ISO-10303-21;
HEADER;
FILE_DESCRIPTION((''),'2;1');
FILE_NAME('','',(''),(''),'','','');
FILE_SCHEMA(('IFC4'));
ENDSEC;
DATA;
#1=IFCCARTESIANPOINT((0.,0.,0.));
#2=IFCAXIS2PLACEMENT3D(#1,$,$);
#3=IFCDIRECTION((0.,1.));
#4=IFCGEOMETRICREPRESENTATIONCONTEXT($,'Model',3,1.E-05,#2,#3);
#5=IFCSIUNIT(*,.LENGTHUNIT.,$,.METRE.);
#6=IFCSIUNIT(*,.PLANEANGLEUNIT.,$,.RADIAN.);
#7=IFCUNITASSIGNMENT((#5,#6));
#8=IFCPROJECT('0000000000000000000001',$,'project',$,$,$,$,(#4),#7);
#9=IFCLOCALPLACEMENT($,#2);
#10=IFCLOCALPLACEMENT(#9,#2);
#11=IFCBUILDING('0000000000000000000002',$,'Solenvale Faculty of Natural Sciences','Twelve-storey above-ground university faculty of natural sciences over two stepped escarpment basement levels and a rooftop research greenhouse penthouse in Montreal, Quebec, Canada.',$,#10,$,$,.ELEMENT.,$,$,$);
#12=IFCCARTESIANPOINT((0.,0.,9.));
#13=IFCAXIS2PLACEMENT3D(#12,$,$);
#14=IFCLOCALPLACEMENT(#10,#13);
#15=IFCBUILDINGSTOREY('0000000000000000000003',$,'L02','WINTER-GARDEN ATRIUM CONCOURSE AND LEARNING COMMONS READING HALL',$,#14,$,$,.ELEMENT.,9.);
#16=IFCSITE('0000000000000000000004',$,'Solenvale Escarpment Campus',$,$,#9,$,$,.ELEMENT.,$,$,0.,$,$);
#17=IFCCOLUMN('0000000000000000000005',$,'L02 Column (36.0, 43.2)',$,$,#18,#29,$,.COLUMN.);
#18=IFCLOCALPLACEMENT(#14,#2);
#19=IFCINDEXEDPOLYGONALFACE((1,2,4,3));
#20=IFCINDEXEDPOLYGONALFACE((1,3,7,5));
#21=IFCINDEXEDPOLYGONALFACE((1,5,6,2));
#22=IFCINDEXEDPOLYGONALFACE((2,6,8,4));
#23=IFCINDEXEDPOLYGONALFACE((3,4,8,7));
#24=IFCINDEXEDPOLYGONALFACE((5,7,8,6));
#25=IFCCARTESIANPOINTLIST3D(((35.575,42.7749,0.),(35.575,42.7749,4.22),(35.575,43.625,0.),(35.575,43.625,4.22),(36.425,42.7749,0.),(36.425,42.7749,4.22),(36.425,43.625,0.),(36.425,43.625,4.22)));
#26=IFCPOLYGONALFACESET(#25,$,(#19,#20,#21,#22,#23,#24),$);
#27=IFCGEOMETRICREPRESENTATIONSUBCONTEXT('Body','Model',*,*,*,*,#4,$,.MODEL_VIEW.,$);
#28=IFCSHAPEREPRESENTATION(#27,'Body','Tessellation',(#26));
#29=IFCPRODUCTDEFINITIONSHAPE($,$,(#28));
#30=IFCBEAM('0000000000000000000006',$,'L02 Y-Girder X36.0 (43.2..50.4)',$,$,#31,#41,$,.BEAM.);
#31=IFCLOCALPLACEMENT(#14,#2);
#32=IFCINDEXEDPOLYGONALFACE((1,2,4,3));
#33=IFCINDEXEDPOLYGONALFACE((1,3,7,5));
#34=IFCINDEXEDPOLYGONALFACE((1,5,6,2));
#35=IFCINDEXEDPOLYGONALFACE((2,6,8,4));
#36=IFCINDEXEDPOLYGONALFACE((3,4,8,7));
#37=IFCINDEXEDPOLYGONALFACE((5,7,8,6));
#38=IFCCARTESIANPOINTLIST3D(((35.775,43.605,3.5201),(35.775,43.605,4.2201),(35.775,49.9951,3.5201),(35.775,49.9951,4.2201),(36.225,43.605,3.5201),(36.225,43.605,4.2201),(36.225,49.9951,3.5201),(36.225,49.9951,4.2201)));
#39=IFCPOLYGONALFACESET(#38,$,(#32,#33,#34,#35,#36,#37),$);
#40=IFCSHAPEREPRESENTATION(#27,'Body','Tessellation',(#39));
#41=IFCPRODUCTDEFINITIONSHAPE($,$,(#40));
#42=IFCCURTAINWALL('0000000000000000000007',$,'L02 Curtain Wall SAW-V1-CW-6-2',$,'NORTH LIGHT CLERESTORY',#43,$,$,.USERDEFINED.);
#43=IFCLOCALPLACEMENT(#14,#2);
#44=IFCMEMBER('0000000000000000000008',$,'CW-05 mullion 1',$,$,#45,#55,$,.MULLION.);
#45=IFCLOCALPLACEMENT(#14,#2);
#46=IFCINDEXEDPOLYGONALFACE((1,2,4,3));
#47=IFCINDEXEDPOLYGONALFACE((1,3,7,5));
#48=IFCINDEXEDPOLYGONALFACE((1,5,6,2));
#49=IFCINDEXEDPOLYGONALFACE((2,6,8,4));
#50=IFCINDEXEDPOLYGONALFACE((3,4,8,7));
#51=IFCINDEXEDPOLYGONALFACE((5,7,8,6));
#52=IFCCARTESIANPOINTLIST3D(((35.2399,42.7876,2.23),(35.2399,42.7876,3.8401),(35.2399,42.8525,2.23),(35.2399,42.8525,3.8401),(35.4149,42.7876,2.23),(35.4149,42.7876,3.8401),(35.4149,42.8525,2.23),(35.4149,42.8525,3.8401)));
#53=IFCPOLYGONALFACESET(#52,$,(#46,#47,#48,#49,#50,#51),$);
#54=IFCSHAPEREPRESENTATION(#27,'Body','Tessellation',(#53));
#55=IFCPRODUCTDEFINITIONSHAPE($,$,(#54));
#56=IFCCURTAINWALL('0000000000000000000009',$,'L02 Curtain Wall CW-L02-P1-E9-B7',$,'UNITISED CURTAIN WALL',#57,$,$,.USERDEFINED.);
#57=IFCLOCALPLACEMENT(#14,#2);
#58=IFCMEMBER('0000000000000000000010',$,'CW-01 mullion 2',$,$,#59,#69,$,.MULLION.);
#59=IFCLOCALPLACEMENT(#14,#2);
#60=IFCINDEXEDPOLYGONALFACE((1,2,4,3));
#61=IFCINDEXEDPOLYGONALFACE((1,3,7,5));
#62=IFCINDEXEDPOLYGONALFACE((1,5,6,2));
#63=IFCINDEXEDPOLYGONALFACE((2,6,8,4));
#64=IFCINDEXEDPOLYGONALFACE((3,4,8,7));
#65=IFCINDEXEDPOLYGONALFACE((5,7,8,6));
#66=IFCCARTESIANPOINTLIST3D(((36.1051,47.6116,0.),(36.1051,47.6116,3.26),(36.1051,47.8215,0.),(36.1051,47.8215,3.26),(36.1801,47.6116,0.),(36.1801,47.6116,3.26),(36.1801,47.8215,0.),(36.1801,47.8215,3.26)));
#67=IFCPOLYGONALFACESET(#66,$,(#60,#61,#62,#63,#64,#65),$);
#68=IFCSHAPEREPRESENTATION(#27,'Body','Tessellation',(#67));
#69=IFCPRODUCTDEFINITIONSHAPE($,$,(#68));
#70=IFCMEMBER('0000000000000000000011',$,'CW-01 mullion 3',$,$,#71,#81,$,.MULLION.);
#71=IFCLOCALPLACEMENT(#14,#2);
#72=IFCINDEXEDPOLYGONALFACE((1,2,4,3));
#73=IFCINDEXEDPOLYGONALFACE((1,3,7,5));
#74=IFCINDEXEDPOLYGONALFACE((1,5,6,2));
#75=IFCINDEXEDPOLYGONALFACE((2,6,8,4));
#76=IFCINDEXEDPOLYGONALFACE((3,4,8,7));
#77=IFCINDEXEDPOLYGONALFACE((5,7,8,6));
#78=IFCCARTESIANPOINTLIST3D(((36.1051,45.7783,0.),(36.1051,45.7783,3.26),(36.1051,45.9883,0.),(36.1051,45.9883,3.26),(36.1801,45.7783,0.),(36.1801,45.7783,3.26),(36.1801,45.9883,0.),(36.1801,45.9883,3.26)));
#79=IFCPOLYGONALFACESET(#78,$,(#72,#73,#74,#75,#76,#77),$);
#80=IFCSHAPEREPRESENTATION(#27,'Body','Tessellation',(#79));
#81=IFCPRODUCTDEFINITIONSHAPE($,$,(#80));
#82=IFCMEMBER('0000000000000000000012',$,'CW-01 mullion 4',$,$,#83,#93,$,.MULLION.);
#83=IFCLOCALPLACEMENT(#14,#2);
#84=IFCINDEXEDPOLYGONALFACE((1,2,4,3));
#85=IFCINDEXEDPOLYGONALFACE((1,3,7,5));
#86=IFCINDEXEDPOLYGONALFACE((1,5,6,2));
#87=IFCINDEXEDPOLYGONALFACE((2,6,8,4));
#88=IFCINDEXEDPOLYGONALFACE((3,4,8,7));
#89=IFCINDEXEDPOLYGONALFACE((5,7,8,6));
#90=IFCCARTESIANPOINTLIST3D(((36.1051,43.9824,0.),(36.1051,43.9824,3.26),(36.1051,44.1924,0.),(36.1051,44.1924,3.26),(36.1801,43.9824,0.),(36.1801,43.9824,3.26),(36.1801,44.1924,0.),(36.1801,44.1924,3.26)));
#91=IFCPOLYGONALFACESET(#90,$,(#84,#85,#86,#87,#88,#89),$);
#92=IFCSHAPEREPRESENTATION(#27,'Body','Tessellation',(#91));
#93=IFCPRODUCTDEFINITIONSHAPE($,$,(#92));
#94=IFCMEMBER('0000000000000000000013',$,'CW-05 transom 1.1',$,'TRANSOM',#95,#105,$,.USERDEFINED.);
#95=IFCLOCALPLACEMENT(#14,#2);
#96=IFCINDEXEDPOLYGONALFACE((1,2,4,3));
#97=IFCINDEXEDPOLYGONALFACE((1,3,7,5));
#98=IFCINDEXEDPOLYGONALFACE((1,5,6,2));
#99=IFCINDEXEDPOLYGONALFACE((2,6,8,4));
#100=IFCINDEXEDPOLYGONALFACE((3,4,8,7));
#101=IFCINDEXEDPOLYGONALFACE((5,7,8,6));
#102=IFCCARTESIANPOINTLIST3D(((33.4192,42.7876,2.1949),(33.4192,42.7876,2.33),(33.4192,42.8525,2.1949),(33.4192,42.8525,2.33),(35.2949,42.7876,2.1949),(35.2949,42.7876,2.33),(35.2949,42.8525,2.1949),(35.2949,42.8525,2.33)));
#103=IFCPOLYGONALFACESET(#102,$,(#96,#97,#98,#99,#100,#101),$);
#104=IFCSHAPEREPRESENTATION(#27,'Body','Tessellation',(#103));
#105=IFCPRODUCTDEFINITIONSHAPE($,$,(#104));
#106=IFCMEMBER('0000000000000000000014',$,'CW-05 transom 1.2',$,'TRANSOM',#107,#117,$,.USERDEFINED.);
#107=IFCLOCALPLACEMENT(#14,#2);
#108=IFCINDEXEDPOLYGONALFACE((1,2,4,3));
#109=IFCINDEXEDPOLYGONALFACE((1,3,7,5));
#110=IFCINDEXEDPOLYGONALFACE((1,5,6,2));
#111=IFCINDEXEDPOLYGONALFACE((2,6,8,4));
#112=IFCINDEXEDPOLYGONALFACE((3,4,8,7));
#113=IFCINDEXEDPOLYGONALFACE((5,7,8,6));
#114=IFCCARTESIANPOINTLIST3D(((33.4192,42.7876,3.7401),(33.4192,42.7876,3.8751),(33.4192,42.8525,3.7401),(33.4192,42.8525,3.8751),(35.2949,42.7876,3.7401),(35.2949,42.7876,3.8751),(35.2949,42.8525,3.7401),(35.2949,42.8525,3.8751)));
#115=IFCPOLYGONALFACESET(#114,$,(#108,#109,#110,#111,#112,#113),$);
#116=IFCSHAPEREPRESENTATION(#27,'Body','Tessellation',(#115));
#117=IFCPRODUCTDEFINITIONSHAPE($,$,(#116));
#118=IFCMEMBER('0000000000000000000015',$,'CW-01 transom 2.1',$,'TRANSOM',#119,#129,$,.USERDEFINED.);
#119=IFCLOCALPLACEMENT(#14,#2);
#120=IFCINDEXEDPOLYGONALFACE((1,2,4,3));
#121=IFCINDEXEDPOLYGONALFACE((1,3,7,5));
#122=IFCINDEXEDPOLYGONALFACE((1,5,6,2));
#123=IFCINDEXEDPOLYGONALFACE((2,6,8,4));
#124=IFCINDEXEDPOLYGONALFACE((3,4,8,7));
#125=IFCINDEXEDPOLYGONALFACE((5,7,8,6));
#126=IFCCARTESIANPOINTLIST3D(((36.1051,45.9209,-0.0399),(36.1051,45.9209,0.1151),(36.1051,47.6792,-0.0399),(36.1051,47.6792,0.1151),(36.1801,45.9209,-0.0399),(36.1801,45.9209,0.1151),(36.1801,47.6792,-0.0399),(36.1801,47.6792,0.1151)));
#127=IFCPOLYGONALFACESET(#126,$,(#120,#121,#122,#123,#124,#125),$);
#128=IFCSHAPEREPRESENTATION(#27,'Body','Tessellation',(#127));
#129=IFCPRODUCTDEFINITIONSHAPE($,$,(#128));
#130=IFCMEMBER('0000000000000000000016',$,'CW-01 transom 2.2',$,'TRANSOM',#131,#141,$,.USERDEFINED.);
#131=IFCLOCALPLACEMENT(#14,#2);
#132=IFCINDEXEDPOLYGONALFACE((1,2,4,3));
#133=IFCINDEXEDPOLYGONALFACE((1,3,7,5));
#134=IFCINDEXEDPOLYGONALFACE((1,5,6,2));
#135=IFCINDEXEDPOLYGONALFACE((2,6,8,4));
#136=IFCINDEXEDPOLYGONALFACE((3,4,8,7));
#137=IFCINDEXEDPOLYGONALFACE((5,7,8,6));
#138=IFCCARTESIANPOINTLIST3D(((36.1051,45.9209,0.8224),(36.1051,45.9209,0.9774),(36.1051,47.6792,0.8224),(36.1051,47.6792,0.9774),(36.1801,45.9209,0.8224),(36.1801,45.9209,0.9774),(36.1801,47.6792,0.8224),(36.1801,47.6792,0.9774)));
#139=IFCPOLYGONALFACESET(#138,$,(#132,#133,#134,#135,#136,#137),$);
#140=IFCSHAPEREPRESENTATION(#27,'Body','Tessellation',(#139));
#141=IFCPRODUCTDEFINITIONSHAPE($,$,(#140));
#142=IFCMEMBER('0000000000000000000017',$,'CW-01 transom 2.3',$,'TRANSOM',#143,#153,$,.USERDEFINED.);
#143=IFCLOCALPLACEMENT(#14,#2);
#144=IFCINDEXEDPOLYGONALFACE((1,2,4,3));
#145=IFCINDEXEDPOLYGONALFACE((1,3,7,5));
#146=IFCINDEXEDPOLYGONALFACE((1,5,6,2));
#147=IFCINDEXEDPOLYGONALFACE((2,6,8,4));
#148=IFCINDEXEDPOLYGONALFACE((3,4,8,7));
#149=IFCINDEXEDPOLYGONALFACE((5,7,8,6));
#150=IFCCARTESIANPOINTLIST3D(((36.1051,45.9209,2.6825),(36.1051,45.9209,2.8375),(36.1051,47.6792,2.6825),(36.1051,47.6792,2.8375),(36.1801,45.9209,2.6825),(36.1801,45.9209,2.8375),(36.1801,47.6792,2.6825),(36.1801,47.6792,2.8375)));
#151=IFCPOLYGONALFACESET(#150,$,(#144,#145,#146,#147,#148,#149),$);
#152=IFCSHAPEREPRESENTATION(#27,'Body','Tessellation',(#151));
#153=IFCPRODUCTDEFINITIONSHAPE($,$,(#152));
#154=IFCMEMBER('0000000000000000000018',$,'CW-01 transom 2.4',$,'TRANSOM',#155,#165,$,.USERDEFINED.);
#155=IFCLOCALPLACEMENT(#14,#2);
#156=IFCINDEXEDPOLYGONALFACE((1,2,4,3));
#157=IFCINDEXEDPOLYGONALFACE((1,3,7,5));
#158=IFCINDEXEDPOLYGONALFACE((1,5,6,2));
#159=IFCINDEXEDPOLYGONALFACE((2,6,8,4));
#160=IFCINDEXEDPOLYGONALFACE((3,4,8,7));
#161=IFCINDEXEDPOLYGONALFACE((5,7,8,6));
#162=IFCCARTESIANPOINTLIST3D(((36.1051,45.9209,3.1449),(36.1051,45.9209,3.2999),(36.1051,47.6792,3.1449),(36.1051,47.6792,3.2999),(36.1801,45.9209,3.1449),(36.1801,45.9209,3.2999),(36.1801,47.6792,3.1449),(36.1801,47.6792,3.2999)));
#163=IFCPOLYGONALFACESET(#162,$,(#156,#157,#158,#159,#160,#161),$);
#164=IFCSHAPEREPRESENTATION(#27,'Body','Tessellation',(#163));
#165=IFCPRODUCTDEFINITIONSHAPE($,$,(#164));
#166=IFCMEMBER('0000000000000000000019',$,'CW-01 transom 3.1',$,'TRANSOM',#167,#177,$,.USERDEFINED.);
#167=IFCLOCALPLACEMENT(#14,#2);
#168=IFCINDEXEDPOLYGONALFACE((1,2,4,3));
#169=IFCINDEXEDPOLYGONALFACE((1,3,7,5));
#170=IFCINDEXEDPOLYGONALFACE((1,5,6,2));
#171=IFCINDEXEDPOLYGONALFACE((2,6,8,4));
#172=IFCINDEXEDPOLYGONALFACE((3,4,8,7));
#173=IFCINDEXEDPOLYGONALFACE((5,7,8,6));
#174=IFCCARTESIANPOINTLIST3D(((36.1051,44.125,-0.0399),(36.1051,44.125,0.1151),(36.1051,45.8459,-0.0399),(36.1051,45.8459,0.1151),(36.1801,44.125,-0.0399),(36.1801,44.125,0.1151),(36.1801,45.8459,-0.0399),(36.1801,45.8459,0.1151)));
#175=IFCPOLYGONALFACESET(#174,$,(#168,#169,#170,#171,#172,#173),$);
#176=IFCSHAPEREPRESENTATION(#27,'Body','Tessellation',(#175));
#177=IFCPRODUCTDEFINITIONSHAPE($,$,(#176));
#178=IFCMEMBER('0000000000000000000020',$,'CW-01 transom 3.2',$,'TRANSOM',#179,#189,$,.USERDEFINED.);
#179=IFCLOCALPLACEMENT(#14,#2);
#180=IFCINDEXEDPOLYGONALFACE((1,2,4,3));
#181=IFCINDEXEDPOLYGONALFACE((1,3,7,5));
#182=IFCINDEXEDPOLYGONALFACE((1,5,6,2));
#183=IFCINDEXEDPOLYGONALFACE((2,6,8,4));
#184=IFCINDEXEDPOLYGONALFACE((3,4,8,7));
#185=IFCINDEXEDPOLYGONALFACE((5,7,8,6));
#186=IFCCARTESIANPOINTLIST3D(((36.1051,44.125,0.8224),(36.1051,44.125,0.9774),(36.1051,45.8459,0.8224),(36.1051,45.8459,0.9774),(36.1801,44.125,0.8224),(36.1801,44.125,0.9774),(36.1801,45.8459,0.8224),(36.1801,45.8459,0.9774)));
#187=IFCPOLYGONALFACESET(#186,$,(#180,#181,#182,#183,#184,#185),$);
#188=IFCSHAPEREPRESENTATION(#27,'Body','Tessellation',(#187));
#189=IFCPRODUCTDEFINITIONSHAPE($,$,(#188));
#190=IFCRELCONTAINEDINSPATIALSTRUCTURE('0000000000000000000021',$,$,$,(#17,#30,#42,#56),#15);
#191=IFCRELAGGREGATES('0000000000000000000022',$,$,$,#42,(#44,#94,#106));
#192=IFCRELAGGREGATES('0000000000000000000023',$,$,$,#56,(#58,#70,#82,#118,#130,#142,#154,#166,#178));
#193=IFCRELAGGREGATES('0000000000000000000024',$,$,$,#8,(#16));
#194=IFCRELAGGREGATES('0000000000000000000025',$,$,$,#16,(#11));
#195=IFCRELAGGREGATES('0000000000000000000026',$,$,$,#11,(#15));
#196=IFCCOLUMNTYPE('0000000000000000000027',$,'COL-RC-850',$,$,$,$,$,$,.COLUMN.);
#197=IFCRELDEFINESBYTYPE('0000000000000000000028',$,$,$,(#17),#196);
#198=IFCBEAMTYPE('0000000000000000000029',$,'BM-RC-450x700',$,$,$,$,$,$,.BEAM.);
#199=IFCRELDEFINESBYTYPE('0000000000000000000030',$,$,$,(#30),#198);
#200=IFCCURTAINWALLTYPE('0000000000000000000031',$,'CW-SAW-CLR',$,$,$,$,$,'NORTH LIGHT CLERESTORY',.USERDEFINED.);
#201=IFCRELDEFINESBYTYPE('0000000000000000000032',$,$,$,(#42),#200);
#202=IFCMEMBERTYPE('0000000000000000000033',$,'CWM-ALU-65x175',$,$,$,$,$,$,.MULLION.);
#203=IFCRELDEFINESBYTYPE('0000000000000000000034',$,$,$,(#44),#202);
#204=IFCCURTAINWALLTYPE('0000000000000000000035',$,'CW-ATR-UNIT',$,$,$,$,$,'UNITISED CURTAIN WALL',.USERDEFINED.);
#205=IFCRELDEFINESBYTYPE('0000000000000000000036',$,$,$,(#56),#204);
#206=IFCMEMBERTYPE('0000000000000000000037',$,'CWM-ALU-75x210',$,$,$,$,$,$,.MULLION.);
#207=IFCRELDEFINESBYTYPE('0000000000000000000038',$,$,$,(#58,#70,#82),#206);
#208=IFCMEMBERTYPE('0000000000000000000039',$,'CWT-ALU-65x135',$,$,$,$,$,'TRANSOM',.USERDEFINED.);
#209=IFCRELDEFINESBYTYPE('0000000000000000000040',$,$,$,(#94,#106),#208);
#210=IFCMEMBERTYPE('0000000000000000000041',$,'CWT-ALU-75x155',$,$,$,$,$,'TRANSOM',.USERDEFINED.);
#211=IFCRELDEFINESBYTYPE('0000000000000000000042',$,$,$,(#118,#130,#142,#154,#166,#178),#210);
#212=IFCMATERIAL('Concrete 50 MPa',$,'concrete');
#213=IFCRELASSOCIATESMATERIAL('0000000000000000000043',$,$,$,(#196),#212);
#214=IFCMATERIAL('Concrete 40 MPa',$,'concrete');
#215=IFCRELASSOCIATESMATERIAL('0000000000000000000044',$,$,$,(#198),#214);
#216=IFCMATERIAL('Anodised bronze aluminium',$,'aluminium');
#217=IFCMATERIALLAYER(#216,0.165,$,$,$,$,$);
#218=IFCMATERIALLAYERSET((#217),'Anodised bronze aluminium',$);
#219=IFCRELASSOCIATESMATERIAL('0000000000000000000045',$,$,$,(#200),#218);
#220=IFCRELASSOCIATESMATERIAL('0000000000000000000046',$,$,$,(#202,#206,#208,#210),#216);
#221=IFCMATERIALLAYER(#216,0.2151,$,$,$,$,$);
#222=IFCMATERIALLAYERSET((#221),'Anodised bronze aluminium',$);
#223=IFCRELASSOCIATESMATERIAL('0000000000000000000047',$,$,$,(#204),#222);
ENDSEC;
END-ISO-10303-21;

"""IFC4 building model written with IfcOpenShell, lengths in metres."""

from ifc_helpers import new_model, si_unit, direction, frame, origin, origin_2d, place, context, subcontext, project, spatial, rectangle, extrude, material, layer, layer_set, material_profile, profile_set, type_object, element, aggregate, save


model = new_model("IFC4")

# Units and contexts
model_context = context("Model", 3, precision=1e-05, world=origin(), true_north=direction((0.0, 1.0)))
body_context = subcontext(model_context, "Body", "Model", "MODEL_VIEW")
ifc_project = project(units=[si_unit("LENGTHUNIT", "METRE"), si_unit("PLANEANGLEUNIT", "RADIAN")], contexts=[model_context])

# Site, building, storey
site_placement = place(None, origin())
site = spatial("IfcSite", under=ifc_project, at=site_placement, Name="Solenvale Escarpment Campus", CompositionType="ELEMENT", RefElevation=0.0)
building_placement = place(site_placement, origin())
building = spatial("IfcBuilding", under=site, at=building_placement, Name="Solenvale Faculty of Natural Sciences", Description="Twelve-storey above-ground university faculty of natural sciences over two stepped escarpment basement levels and a rooftop research greenhouse penthouse in Montreal, Quebec, Canada.", CompositionType="ELEMENT")
storey_placement = place(building_placement, frame((0.0, 0.0, 9.0)))
storey = spatial("IfcBuildingStorey", under=building, at=storey_placement, Name="L02", Description="WINTER-GARDEN ATRIUM CONCOURSE AND LEARNING COMMONS READING HALL", CompositionType="ELEMENT", Elevation=9.0)

# Column
ifc_material_1 = material(Name="Concrete 50 MPa", Category="concrete")
ifc_material_profile_1 = material_profile(ifc_material_1, rectangle(XDim=0.8501, YDim=0.8501, at=origin_2d()), Name="RC-COL-850x850")
ifc_profile_set_1 = profile_set([ifc_material_profile_1], Name="Concrete 50 MPa")
column_type = type_object("IfcColumnType", Name="COL-RC-850", PredefinedType="COLUMN", material=ifc_profile_set_1)
column_placement = place(storey_placement, frame((36.0, 43.2, 0.0), z_axis=(0.0, 0.0, 1.0), x_axis=(1.0, 0.0, 0.0)))
element("IfcColumn", 1, at=column_placement, inside=storey, type_object=column_type, Name="L02 Column (36.0, 43.2)", PredefinedType="COLUMN", context=body_context, shape_type="SweptSolid", body=[
    extrude(rectangle(XDim=0.8501, YDim=0.8501, at=origin_2d()), origin(), (0.0, 0.0, 1.0), 4.22),
])

# Beam
ifc_material_2 = material(Name="Concrete 40 MPa", Category="concrete")
ifc_material_profile_2 = material_profile(ifc_material_2, rectangle(XDim=0.45, YDim=0.7, at=origin_2d()), Name="RC-BM-450x700")
ifc_profile_set_2 = profile_set([ifc_material_profile_2], Name="Concrete 40 MPa")
beam_type = type_object("IfcBeamType", Name="BM-RC-450x700", PredefinedType="BEAM", material=ifc_profile_set_2)
beam_placement = place(storey_placement, frame((36.0, 43.605, 3.8701), z_axis=(0.0, 1.0, 0.0), x_axis=(-1.0, 0.0, 0.0)))
element("IfcBeam", 2, at=beam_placement, inside=storey, type_object=beam_type, Name="L02 Y-Girder X36.0 (43.2..50.4)", PredefinedType="BEAM", context=body_context, shape_type="SweptSolid", body=[
    extrude(rectangle(XDim=0.45, YDim=0.7, at=origin_2d()), origin(), (0.0, 0.0, 1.0), 6.3901),
])

# Curtain wall, member
ifc_material_3 = material(Name="Anodised bronze aluminium", Category="aluminium")
ifc_layer_1 = layer(ifc_material_3, 0.165)
ifc_layer_set_1 = layer_set([ifc_layer_1], Name="Anodised bronze aluminium")
curtain_wall_type_1 = type_object("IfcCurtainWallType", Name="CW-SAW-CLR", ElementType="NORTH LIGHT CLERESTORY", PredefinedType="USERDEFINED", material=ifc_layer_set_1)
curtain_wall_1_placement = place(storey_placement, origin())
curtain_wall_1 = element("IfcCurtainWall", 3, at=curtain_wall_1_placement, inside=storey, type_object=curtain_wall_type_1, Name="L02 Curtain Wall SAW-V1-CW-6-2", ObjectType="NORTH LIGHT CLERESTORY", PredefinedType="USERDEFINED")
ifc_material_profile_3 = material_profile(ifc_material_3, rectangle(XDim=0.0649, YDim=0.175, at=origin_2d()), Name="ALU-MUL-65x175")
ifc_profile_set_3 = profile_set([ifc_material_profile_3], Name="Anodised bronze aluminium")
member_type_1 = type_object("IfcMemberType", Name="CWM-ALU-65x175", PredefinedType="MULLION", material=ifc_profile_set_3)
member_1_placement = place(storey_placement, frame((35.3274, 42.8201, 2.23), z_axis=(0.0, 0.0, 1.0), x_axis=(0.0, -1.0, 0.0)))
member_1 = element("IfcMember", 4, at=member_1_placement, type_object=member_type_1, Name="CW-05 mullion 1", PredefinedType="MULLION", context=body_context, shape_type="SweptSolid", body=[
    extrude(rectangle(XDim=0.0649, YDim=0.175, at=origin_2d()), origin(), (0.0, 0.0, 1.0), 1.6101),
])

# Curtain wall, members
ifc_layer_2 = layer(ifc_material_3, 0.2151)
ifc_layer_set_2 = layer_set([ifc_layer_2], Name="Anodised bronze aluminium")
curtain_wall_type_2 = type_object("IfcCurtainWallType", Name="CW-ATR-UNIT", ElementType="UNITISED CURTAIN WALL", PredefinedType="USERDEFINED", material=ifc_layer_set_2)
curtain_wall_2_placement = place(storey_placement, origin())
curtain_wall_2 = element("IfcCurtainWall", 5, at=curtain_wall_2_placement, inside=storey, type_object=curtain_wall_type_2, Name="L02 Curtain Wall CW-L02-P1-E9-B7", ObjectType="UNITISED CURTAIN WALL", PredefinedType="USERDEFINED")
ifc_material_profile_4 = material_profile(ifc_material_3, rectangle(XDim=0.075, YDim=0.21, at=origin_2d()), Name="ALU-MUL-75x210")
ifc_profile_set_4 = profile_set([ifc_material_profile_4], Name="Anodised bronze aluminium")
member_type_2 = type_object("IfcMemberType", Name="CWM-ALU-75x210", PredefinedType="MULLION", material=ifc_profile_set_4)
member_2_placement = place(storey_placement, frame((36.1426, 47.7166, 0.0), z_axis=(0.0, 0.0, 1.0), x_axis=(1.0, 0.0, 0.0)))
member_2 = element("IfcMember", 6, at=member_2_placement, type_object=member_type_2, Name="CW-01 mullion 2", PredefinedType="MULLION", context=body_context, shape_type="SweptSolid", body=[
    extrude(rectangle(XDim=0.075, YDim=0.21, at=origin_2d()), origin(), (0.0, 0.0, 1.0), 3.26),
])
member_3_placement = place(storey_placement, frame((36.1426, 45.8833, 0.0), z_axis=(0.0, 0.0, 1.0), x_axis=(1.0, 0.0, 0.0)))
member_3 = element("IfcMember", 7, at=member_3_placement, type_object=member_type_2, Name="CW-01 mullion 3", PredefinedType="MULLION", context=body_context, shape_type="SweptSolid", body=[
    extrude(rectangle(XDim=0.075, YDim=0.21, at=origin_2d()), origin(), (0.0, 0.0, 1.0), 3.26),
])
member_4_placement = place(storey_placement, frame((36.1426, 44.0874, 0.0), z_axis=(0.0, 0.0, 1.0), x_axis=(1.0, 0.0, 0.0)))
member_4 = element("IfcMember", 8, at=member_4_placement, type_object=member_type_2, Name="CW-01 mullion 4", PredefinedType="MULLION", context=body_context, shape_type="SweptSolid", body=[
    extrude(rectangle(XDim=0.075, YDim=0.21, at=origin_2d()), origin(), (0.0, 0.0, 1.0), 3.26),
])

# Members
ifc_material_profile_5 = material_profile(ifc_material_3, rectangle(XDim=0.0649, YDim=0.135, at=origin_2d()), Name="ALU-TRN-65x135")
ifc_profile_set_5 = profile_set([ifc_material_profile_5], Name="Anodised bronze aluminium")
member_type_3 = type_object("IfcMemberType", Name="CWT-ALU-65x135", ElementType="TRANSOM", PredefinedType="USERDEFINED", material=ifc_profile_set_5)
member_5_placement = place(storey_placement, frame((35.2949, 42.8201, 2.2625), z_axis=(-1.0, 0.0, 0.0), x_axis=(0.0, -1.0, 0.0)))
member_5 = element("IfcMember", 9, at=member_5_placement, type_object=member_type_3, Name="CW-05 transom 1.1", ObjectType="TRANSOM", PredefinedType="USERDEFINED", context=body_context, shape_type="SweptSolid", body=[
    extrude(rectangle(XDim=0.0649, YDim=0.135, at=origin_2d()), origin(), (0.0, 0.0, 1.0), 1.8757),
])
member_6_placement = place(storey_placement, frame((35.2949, 42.8201, 3.8076), z_axis=(-1.0, 0.0, 0.0), x_axis=(0.0, -1.0, 0.0)))
member_6 = element("IfcMember", 10, at=member_6_placement, type_object=member_type_3, Name="CW-05 transom 1.2", ObjectType="TRANSOM", PredefinedType="USERDEFINED", context=body_context, shape_type="SweptSolid", body=[
    extrude(rectangle(XDim=0.0649, YDim=0.135, at=origin_2d()), origin(), (0.0, 0.0, 1.0), 1.8757),
])
ifc_material_profile_6 = material_profile(ifc_material_3, rectangle(XDim=0.075, YDim=0.155, at=origin_2d()), Name="ALU-TRN-75x155")
ifc_profile_set_6 = profile_set([ifc_material_profile_6], Name="Anodised bronze aluminium")
member_type_4 = type_object("IfcMemberType", Name="CWT-ALU-75x155", ElementType="TRANSOM", PredefinedType="USERDEFINED", material=ifc_profile_set_6)
member_7_placement = place(storey_placement, frame((36.1426, 47.6792, 0.0376), z_axis=(0.0, -1.0, 0.0), x_axis=(1.0, 0.0, 0.0)))
member_7 = element("IfcMember", 11, at=member_7_placement, type_object=member_type_4, Name="CW-01 transom 2.1", ObjectType="TRANSOM", PredefinedType="USERDEFINED", context=body_context, shape_type="SweptSolid", body=[
    extrude(rectangle(XDim=0.075, YDim=0.155, at=origin_2d()), origin(), (0.0, 0.0, 1.0), 1.7583),
])
member_8_placement = place(storey_placement, frame((36.1426, 47.6792, 0.8999), z_axis=(0.0, -1.0, 0.0), x_axis=(1.0, 0.0, 0.0)))
member_8 = element("IfcMember", 12, at=member_8_placement, type_object=member_type_4, Name="CW-01 transom 2.2", ObjectType="TRANSOM", PredefinedType="USERDEFINED", context=body_context, shape_type="SweptSolid", body=[
    extrude(rectangle(XDim=0.075, YDim=0.155, at=origin_2d()), origin(), (0.0, 0.0, 1.0), 1.7583),
])
member_9_placement = place(storey_placement, frame((36.1426, 47.6792, 2.76), z_axis=(0.0, -1.0, 0.0), x_axis=(1.0, 0.0, 0.0)))
member_9 = element("IfcMember", 13, at=member_9_placement, type_object=member_type_4, Name="CW-01 transom 2.3", ObjectType="TRANSOM", PredefinedType="USERDEFINED", context=body_context, shape_type="SweptSolid", body=[
    extrude(rectangle(XDim=0.075, YDim=0.155, at=origin_2d()), origin(), (0.0, 0.0, 1.0), 1.7583),
])
member_10_placement = place(storey_placement, frame((36.1426, 47.6792, 3.2224), z_axis=(0.0, -1.0, 0.0), x_axis=(1.0, 0.0, 0.0)))
member_10 = element("IfcMember", 14, at=member_10_placement, type_object=member_type_4, Name="CW-01 transom 2.4", ObjectType="TRANSOM", PredefinedType="USERDEFINED", context=body_context, shape_type="SweptSolid", body=[
    extrude(rectangle(XDim=0.075, YDim=0.155, at=origin_2d()), origin(), (0.0, 0.0, 1.0), 1.7583),
])
member_11_placement = place(storey_placement, frame((36.1426, 45.8459, 0.0376), z_axis=(0.0, -1.0, 0.0), x_axis=(1.0, 0.0, 0.0)))
member_11 = element("IfcMember", 15, at=member_11_placement, type_object=member_type_4, Name="CW-01 transom 3.1", ObjectType="TRANSOM", PredefinedType="USERDEFINED", context=body_context, shape_type="SweptSolid", body=[
    extrude(rectangle(XDim=0.075, YDim=0.155, at=origin_2d()), origin(), (0.0, 0.0, 1.0), 1.7209),
])
member_12_placement = place(storey_placement, frame((36.1426, 45.8459, 0.8999), z_axis=(0.0, -1.0, 0.0), x_axis=(1.0, 0.0, 0.0)))
member_12 = element("IfcMember", 16, at=member_12_placement, type_object=member_type_4, Name="CW-01 transom 3.2", ObjectType="TRANSOM", PredefinedType="USERDEFINED", context=body_context, shape_type="SweptSolid", body=[
    extrude(rectangle(XDim=0.075, YDim=0.155, at=origin_2d()), origin(), (0.0, 0.0, 1.0), 1.7209),
])

aggregate(curtain_wall_1, [member_1, member_5, member_6])
aggregate(curtain_wall_2, [member_2, member_3, member_4, member_7, member_8, member_9, member_10, member_11, member_12])

save(model, "model.ifc")
